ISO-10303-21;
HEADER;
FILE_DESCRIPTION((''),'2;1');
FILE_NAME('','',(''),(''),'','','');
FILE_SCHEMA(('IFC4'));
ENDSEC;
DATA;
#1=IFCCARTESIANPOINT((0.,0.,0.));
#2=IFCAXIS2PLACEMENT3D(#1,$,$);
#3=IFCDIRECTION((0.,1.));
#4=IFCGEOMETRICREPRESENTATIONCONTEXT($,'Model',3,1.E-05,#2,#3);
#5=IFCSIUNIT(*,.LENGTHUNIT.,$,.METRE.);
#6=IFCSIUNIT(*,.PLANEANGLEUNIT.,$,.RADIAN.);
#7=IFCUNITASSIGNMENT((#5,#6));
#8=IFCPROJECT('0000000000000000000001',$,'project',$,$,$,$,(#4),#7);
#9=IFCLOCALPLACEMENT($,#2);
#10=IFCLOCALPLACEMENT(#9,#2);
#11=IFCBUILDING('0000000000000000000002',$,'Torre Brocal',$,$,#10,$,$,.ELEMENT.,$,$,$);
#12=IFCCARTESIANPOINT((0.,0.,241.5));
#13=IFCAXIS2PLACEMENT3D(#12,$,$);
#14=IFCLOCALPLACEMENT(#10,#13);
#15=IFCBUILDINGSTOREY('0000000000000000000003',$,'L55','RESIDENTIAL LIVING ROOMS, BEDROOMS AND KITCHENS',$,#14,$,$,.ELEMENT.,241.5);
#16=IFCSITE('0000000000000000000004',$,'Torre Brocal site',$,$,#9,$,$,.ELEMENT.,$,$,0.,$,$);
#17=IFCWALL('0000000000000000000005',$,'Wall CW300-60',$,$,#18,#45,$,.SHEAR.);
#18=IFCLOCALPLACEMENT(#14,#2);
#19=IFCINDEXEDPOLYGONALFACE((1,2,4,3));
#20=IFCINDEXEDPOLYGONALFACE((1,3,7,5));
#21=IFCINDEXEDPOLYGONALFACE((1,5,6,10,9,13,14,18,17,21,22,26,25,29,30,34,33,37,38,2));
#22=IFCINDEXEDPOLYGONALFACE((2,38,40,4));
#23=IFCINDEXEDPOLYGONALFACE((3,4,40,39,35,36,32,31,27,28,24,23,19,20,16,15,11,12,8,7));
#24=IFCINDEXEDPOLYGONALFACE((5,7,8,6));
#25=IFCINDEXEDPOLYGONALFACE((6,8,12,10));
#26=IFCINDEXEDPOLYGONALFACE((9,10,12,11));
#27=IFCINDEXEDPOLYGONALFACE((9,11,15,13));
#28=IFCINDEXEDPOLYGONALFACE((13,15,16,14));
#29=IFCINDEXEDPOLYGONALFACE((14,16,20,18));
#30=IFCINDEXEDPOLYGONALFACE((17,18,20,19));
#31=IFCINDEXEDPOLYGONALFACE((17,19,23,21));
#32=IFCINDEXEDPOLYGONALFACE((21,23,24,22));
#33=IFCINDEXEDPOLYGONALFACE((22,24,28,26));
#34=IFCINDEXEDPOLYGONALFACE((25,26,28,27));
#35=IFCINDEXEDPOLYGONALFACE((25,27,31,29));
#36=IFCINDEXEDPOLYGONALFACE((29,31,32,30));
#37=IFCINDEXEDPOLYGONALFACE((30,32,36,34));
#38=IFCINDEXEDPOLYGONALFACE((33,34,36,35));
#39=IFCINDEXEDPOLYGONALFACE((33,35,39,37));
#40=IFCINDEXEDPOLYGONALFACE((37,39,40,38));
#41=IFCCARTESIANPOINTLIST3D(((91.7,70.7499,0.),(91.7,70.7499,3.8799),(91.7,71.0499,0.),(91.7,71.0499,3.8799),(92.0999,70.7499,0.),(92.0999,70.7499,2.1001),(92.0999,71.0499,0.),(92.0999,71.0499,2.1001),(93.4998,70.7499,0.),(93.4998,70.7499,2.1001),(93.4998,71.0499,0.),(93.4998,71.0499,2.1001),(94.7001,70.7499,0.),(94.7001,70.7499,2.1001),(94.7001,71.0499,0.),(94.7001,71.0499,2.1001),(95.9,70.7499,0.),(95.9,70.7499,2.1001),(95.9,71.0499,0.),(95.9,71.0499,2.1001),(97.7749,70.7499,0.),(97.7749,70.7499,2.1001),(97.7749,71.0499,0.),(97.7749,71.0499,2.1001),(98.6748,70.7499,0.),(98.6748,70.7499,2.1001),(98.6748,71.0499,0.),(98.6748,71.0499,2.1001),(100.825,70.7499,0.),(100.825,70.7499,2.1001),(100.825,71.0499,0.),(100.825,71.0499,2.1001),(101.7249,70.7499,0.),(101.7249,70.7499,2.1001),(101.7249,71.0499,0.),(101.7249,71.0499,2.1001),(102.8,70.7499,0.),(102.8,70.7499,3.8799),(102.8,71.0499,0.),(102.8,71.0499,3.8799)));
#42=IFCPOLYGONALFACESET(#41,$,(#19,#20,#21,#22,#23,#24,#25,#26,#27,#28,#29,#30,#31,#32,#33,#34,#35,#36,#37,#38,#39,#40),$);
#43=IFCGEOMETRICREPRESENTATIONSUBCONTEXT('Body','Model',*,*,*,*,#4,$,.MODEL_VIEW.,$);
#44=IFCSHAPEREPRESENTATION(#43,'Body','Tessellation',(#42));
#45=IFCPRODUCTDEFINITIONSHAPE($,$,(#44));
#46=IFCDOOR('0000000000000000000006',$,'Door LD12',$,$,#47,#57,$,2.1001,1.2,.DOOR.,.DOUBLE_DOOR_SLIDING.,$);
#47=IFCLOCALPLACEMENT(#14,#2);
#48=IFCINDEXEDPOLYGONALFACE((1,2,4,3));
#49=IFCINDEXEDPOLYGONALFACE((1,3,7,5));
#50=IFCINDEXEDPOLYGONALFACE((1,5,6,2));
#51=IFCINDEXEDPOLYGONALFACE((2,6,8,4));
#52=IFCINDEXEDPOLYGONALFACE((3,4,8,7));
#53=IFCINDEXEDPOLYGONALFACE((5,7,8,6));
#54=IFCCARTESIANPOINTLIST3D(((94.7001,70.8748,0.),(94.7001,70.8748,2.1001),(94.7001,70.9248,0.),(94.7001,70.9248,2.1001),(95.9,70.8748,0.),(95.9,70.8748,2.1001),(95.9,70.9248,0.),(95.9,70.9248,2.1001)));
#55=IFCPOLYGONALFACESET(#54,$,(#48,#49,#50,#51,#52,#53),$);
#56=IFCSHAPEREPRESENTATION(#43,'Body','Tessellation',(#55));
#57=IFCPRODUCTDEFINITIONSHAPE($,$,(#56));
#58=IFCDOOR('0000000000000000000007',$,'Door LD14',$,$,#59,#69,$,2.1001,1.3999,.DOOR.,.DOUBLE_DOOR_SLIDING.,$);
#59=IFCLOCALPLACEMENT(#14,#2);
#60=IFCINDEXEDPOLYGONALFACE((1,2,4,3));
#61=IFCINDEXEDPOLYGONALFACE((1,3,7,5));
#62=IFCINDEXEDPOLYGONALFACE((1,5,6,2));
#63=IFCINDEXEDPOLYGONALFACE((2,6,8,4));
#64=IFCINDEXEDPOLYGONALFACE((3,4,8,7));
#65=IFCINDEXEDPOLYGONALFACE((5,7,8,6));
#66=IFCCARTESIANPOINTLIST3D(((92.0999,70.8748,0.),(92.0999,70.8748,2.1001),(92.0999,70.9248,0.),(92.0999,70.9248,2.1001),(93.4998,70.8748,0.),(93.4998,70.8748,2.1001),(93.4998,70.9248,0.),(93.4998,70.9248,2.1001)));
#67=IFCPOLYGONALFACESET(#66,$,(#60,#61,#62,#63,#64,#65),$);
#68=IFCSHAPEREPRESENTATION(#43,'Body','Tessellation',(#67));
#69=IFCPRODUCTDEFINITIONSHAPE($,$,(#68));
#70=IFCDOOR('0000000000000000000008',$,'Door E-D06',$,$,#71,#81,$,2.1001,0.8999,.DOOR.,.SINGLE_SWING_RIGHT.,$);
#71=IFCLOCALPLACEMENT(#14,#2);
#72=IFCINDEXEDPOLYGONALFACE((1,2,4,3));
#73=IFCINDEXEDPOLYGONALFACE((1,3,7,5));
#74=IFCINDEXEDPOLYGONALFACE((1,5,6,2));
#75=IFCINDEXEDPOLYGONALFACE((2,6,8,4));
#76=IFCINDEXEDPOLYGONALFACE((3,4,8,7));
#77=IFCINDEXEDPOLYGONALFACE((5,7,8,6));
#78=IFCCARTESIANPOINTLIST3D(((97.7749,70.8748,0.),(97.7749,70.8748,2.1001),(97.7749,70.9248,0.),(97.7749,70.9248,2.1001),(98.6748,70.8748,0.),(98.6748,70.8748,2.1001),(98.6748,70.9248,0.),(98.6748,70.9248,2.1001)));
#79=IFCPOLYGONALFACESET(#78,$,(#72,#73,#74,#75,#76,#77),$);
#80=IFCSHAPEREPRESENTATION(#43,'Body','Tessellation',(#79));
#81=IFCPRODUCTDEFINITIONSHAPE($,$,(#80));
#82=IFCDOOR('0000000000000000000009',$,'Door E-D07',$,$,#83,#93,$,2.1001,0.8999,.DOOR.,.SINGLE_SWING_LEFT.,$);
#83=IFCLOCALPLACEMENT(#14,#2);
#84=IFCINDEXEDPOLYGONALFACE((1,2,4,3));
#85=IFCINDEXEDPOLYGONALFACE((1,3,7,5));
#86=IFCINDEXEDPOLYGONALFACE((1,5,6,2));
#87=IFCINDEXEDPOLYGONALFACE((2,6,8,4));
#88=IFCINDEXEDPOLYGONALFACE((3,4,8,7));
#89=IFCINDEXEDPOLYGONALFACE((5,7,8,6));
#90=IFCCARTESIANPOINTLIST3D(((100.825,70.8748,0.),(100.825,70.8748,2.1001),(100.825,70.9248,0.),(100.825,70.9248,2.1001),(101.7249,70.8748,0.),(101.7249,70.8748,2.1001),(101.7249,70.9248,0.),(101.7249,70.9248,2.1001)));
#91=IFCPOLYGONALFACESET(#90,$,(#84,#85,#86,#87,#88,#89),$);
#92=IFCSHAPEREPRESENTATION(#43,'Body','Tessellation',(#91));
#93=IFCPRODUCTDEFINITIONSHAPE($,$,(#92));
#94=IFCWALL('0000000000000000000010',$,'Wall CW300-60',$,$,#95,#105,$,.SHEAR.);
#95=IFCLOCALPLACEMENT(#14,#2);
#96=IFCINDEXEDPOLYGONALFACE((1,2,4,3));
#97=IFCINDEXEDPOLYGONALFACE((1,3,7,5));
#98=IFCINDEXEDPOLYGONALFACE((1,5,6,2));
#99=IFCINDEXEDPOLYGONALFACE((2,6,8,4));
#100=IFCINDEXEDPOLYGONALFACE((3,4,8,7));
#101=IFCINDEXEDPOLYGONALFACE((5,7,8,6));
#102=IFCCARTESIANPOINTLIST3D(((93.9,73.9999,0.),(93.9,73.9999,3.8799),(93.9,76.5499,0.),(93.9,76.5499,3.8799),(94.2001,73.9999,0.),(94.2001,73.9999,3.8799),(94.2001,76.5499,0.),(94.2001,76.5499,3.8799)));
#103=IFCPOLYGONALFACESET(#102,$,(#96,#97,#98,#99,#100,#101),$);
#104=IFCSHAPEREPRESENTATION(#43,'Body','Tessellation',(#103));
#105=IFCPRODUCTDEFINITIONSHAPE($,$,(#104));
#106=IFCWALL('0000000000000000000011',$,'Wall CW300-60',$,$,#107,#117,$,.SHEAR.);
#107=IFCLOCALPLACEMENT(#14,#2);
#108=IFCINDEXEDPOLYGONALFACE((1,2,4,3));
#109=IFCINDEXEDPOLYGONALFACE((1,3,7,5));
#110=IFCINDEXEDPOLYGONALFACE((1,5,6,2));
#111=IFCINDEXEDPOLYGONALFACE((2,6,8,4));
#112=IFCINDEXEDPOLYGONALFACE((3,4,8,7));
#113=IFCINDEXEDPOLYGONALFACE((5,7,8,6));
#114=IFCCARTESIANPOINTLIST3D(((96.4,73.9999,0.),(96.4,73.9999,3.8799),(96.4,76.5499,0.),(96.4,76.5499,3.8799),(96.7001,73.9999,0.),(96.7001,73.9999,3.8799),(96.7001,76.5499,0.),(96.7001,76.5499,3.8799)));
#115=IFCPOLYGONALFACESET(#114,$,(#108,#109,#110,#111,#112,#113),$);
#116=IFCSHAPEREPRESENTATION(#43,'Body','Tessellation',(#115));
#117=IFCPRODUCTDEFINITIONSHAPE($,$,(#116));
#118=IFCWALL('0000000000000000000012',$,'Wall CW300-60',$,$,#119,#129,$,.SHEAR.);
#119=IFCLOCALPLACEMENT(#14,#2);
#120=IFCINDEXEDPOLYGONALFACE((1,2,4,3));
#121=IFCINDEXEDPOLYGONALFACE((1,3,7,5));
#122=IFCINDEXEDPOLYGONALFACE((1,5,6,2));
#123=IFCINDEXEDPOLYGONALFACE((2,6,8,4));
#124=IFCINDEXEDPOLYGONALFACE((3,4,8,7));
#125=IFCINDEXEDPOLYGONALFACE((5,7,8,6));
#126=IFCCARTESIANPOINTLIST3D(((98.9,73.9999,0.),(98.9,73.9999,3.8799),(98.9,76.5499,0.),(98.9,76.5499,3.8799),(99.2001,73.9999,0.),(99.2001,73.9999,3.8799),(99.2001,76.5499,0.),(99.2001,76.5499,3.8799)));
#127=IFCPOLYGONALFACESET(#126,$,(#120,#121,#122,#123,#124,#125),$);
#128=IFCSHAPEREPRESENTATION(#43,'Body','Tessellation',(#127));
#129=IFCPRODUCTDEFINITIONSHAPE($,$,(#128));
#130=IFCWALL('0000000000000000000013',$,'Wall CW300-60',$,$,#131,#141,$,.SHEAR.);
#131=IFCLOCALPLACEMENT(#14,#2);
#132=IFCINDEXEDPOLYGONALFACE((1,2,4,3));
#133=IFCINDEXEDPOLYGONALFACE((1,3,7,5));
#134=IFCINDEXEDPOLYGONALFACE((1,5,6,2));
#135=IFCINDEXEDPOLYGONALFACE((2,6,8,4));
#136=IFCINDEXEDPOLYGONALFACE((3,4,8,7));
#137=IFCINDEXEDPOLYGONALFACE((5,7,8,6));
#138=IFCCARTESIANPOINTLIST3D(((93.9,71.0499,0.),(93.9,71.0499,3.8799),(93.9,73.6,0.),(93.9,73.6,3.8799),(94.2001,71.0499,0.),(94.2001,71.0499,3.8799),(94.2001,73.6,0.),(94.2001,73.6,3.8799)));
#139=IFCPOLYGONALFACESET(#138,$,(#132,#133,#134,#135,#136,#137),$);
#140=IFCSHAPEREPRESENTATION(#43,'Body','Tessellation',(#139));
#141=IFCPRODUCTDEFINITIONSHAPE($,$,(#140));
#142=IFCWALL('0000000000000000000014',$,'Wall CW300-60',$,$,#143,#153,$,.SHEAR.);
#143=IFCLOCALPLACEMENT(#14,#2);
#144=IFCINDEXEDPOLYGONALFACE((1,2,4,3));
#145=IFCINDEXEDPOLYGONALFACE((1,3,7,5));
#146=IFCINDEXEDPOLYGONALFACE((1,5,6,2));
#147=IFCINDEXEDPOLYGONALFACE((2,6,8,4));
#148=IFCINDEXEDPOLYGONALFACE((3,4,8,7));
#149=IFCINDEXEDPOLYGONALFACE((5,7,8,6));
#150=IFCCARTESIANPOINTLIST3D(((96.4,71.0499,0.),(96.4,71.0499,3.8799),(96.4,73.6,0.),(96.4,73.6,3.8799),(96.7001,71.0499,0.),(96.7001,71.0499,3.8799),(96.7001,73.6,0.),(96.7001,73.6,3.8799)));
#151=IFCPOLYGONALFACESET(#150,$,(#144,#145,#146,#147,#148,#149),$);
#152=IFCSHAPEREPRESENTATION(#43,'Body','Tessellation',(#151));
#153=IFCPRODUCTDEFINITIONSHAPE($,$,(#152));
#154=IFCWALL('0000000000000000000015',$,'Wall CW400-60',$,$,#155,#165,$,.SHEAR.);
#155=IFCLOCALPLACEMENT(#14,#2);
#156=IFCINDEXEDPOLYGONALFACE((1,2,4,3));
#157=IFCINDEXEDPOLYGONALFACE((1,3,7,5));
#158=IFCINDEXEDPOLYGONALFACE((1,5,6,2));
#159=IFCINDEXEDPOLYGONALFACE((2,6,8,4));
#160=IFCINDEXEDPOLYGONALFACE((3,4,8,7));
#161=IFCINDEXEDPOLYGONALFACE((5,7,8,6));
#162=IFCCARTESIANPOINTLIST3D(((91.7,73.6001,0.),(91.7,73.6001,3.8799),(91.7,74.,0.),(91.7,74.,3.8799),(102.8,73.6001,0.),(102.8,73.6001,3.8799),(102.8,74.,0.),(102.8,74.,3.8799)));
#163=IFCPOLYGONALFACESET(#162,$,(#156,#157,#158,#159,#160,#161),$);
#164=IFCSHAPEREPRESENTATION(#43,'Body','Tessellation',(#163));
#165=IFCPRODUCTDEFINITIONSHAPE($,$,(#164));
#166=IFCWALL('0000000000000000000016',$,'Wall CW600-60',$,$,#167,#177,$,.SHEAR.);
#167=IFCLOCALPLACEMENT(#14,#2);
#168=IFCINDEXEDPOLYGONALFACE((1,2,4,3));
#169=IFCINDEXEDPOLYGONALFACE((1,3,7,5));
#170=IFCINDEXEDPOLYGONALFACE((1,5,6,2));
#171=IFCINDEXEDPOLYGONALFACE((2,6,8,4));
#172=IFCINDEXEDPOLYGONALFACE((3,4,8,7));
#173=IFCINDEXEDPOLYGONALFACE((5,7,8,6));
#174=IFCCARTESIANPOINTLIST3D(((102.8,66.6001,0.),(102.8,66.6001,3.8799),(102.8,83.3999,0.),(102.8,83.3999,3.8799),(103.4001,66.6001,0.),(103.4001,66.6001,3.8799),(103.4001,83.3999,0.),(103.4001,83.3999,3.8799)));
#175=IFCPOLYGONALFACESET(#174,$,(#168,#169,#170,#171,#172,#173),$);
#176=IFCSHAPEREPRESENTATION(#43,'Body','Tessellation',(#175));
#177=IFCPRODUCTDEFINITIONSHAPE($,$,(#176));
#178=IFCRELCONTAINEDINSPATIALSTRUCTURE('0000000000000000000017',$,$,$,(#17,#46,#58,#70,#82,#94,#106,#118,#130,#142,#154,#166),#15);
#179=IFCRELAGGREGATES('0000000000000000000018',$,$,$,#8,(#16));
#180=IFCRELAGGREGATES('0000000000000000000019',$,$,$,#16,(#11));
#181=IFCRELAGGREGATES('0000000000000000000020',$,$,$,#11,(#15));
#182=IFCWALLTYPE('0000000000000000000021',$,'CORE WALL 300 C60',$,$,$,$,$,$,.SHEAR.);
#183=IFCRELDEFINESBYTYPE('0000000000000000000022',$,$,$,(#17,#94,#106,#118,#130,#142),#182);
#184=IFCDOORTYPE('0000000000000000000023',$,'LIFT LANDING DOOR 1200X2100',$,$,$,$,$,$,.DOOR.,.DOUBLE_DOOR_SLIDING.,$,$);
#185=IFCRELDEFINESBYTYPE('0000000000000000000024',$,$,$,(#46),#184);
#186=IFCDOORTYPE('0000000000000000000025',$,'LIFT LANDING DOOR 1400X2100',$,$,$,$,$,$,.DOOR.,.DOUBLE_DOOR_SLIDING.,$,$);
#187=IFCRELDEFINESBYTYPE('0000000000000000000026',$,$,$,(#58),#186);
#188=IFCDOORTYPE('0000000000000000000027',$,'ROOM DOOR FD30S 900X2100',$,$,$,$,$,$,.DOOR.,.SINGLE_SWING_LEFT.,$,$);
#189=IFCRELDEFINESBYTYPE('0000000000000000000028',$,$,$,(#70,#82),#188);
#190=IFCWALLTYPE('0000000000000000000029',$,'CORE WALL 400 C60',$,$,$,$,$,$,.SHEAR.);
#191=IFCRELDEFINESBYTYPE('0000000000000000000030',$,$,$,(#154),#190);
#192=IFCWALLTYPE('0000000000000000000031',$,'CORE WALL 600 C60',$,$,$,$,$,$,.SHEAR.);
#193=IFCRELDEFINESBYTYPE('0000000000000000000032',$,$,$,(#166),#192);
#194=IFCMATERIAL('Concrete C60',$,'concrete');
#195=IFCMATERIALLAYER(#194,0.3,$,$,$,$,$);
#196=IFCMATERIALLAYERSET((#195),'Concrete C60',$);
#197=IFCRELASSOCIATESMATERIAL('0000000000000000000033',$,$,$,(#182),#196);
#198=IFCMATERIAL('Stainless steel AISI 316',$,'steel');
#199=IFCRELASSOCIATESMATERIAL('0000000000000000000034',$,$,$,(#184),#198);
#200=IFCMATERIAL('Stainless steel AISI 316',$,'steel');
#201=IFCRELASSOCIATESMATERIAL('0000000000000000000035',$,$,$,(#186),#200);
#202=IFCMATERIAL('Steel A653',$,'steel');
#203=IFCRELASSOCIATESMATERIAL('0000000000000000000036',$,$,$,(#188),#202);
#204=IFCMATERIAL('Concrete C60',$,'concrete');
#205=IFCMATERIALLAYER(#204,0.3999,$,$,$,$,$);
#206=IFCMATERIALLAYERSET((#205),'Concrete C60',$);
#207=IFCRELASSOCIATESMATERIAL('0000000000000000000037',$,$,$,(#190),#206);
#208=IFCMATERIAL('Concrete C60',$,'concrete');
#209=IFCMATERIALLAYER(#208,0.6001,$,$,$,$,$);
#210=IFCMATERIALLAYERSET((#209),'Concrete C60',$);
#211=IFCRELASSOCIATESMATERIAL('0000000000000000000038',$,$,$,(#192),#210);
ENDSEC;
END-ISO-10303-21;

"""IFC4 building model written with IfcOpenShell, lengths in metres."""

from ifc_helpers import new_model, si_unit, direction, frame, frame_2d, origin, place, context, subcontext, project, spatial, rectangle, extrude, material, layer, layer_set, type_object, element, fill, save


model = new_model("IFC4")

# Units and contexts
model_context = context("Model", 3, precision=1e-05, world=origin(), true_north=direction((0.0, 1.0)))
body_context = subcontext(model_context, "Body", "Model", "MODEL_VIEW")
ifc_project = project(units=[si_unit("LENGTHUNIT", "METRE"), si_unit("PLANEANGLEUNIT", "RADIAN")], contexts=[model_context])

# Site, building, storey
site_placement = place(None, origin())
site = spatial("IfcSite", under=ifc_project, at=site_placement, Name="Torre Brocal site", CompositionType="ELEMENT", RefElevation=0.0)
building_placement = place(site_placement, origin())
building = spatial("IfcBuilding", under=site, at=building_placement, Name="Torre Brocal", CompositionType="ELEMENT")
storey_placement = place(building_placement, frame((0.0, 0.0, 241.5)))
storey = spatial("IfcBuildingStorey", under=building, at=storey_placement, Name="L55", Description="RESIDENTIAL LIVING ROOMS, BEDROOMS AND KITCHENS", CompositionType="ELEMENT", Elevation=241.5)

# Shared definitions
ifc_material_1 = material(Name="Concrete C60", Category="concrete")
ifc_layer_1 = layer(ifc_material_1, 0.3)
ifc_layer_set_1 = layer_set([ifc_layer_1], Name="Concrete C60")
wall_type_1 = type_object("IfcWallType", Name="CORE WALL 300 C60", PredefinedType="SHEAR", material=ifc_layer_set_1)

# Wall, openings, doors
wall_1_placement = place(storey_placement, frame((91.7, 70.8999, 0.0), z_axis=(0.0, 0.0, 1.0), x_axis=(1.0, 0.0, 0.0)))
wall_1 = element("IfcWall", 1, at=wall_1_placement, inside=storey, type_object=wall_type_1, Name="Wall CW300-60", PredefinedType="SHEAR", context=body_context, shape_type="SweptSolid", body=[
    extrude(rectangle(XDim=11.1001, YDim=0.3, at=frame_2d((5.55, 0.0))), origin(), (0.0, 0.0, 1.0), 3.8799),
])
opening_1_placement = place(wall_1_placement, frame((0.3999, 0.0, 0.0)))
opening_1 = element("IfcOpeningElement", 2, at=opening_1_placement, cuts=wall_1, PredefinedType="OPENING", context=body_context, shape_type="SweptSolid", body=[
    extrude(rectangle(XDim=1.3999, YDim=2.1001, at=frame_2d((0.7, 1.05))), frame((0.0, 0.1599, 0.0), z_axis=(0.0, -1.0, 0.0), x_axis=(1.0, 0.0, 0.0)), (0.0, 0.0, 1.0), 0.3201),
])
opening_2_placement = place(wall_1_placement, frame((3.0, 0.0, 0.0)))
opening_2 = element("IfcOpeningElement", 3, at=opening_2_placement, cuts=wall_1, PredefinedType="OPENING", context=body_context, shape_type="SweptSolid", body=[
    extrude(rectangle(XDim=1.2, YDim=2.1001, at=frame_2d((0.6001, 1.05))), frame((0.0, 0.1599, 0.0), z_axis=(0.0, -1.0, 0.0), x_axis=(1.0, 0.0, 0.0)), (0.0, 0.0, 1.0), 0.3201),
])
opening_3_placement = place(wall_1_placement, frame((6.075, 0.0, 0.0)))
opening_3 = element("IfcOpeningElement", 4, at=opening_3_placement, cuts=wall_1, PredefinedType="OPENING", context=body_context, shape_type="SweptSolid", body=[
    extrude(rectangle(XDim=0.8999, YDim=2.1001, at=frame_2d((0.45, 1.05))), frame((0.0, 0.1599, 0.0), z_axis=(0.0, -1.0, 0.0), x_axis=(1.0, 0.0, 0.0)), (0.0, 0.0, 1.0), 0.3201),
])
opening_4_placement = place(wall_1_placement, frame((9.125, 0.0, 0.0)))
opening_4 = element("IfcOpeningElement", 5, at=opening_4_placement, cuts=wall_1, PredefinedType="OPENING", context=body_context, shape_type="SweptSolid", body=[
    extrude(rectangle(XDim=0.8999, YDim=2.1001, at=frame_2d((0.45, 1.05))), frame((0.0, 0.1599, 0.0), z_axis=(0.0, -1.0, 0.0), x_axis=(1.0, 0.0, 0.0)), (0.0, 0.0, 1.0), 0.3201),
])
ifc_material_2 = material(Name="Stainless steel AISI 316", Category="steel")
door_type_1 = type_object("IfcDoorType", Name="LIFT LANDING DOOR 1200X2100", OperationType="DOUBLE_DOOR_SLIDING", PredefinedType="DOOR", material=ifc_material_2)
door_1_placement = place(opening_2_placement, origin())
door_1 = element("IfcDoor", 6, at=door_1_placement, inside=storey, type_object=door_type_1, Name="Door LD12", OperationType="DOUBLE_DOOR_SLIDING", OverallHeight=2.1001, OverallWidth=1.2, PredefinedType="DOOR", context=body_context, shape_type="SweptSolid", body=[
    extrude(rectangle(XDim=1.2, YDim=2.1001, at=frame_2d((0.6001, 1.05))), frame((0.0, 0.0249, 0.0), z_axis=(0.0, -1.0, 0.0), x_axis=(1.0, 0.0, 0.0)), (0.0, 0.0, 1.0), 0.05),
])
fill(opening_2, door_1)
ifc_material_3 = material(Name="Stainless steel AISI 316", Category="steel")
door_type_2 = type_object("IfcDoorType", Name="LIFT LANDING DOOR 1400X2100", OperationType="DOUBLE_DOOR_SLIDING", PredefinedType="DOOR", material=ifc_material_3)
door_2_placement = place(opening_1_placement, origin())
door_2 = element("IfcDoor", 7, at=door_2_placement, inside=storey, type_object=door_type_2, Name="Door LD14", OperationType="DOUBLE_DOOR_SLIDING", OverallHeight=2.1001, OverallWidth=1.3999, PredefinedType="DOOR", context=body_context, shape_type="SweptSolid", body=[
    extrude(rectangle(XDim=1.3999, YDim=2.1001, at=frame_2d((0.7, 1.05))), frame((0.0, 0.0249, 0.0), z_axis=(0.0, -1.0, 0.0), x_axis=(1.0, 0.0, 0.0)), (0.0, 0.0, 1.0), 0.05),
])
fill(opening_1, door_2)
ifc_material_4 = material(Name="Steel A653", Category="steel")
door_type_3 = type_object("IfcDoorType", Name="ROOM DOOR FD30S 900X2100", OperationType="SINGLE_SWING_LEFT", PredefinedType="DOOR", material=ifc_material_4)
door_3_placement = place(opening_3_placement, origin())
door_3 = element("IfcDoor", 8, at=door_3_placement, inside=storey, type_object=door_type_3, Name="Door E-D06", OperationType="SINGLE_SWING_RIGHT", OverallHeight=2.1001, OverallWidth=0.8999, PredefinedType="DOOR", context=body_context, shape_type="SweptSolid", body=[
    extrude(rectangle(XDim=0.8999, YDim=2.1001, at=frame_2d((0.45, 1.05))), frame((0.0, 0.0249, 0.0), z_axis=(0.0, -1.0, 0.0), x_axis=(1.0, 0.0, 0.0)), (0.0, 0.0, 1.0), 0.05),
])
fill(opening_3, door_3)
door_4_placement = place(opening_4_placement, origin())
door_4 = element("IfcDoor", 9, at=door_4_placement, inside=storey, type_object=door_type_3, Name="Door E-D07", OperationType="SINGLE_SWING_LEFT", OverallHeight=2.1001, OverallWidth=0.8999, PredefinedType="DOOR", context=body_context, shape_type="SweptSolid", body=[
    extrude(rectangle(XDim=0.8999, YDim=2.1001, at=frame_2d((0.45, 1.05))), frame((0.0, 0.0249, 0.0), z_axis=(0.0, -1.0, 0.0), x_axis=(1.0, 0.0, 0.0)), (0.0, 0.0, 1.0), 0.05),
])
fill(opening_4, door_4)

# Walls
for number, where, z_axis, x_axis, name in (
    (10, (94.05, 74.0, 0.0), (0.0, 0.0, 1.0), (0.0, 1.0, 0.0), "Wall CW300-60"),
    (11, (96.55, 74.0, 0.0), (0.0, 0.0, 1.0), (0.0, 1.0, 0.0), "Wall CW300-60"),
    (12, (99.05, 74.0, 0.0), (0.0, 0.0, 1.0), (0.0, 1.0, 0.0), "Wall CW300-60"),
    (13, (94.05, 71.05, 0.0), (0.0, 0.0, 1.0), (0.0, 1.0, 0.0), "Wall CW300-60"),
    (14, (96.55, 71.05, 0.0), (0.0, 0.0, 1.0), (0.0, 1.0, 0.0), "Wall CW300-60"),
):
    element("IfcWall", number, at=place(storey_placement, frame(where, z_axis=z_axis, x_axis=x_axis)), inside=storey, type_object=wall_type_1, Name=name, PredefinedType="SHEAR", context=body_context, shape_type="SweptSolid", body=[
        extrude(rectangle(XDim=2.55, YDim=0.3, at=frame_2d((1.2749, 0.0))), origin(), (0.0, 0.0, 1.0), 3.8799),
    ])
ifc_material_5 = material(Name="Concrete C60", Category="concrete")
ifc_layer_2 = layer(ifc_material_5, 0.3999)
ifc_layer_set_2 = layer_set([ifc_layer_2], Name="Concrete C60")
wall_type_2 = type_object("IfcWallType", Name="CORE WALL 400 C60", PredefinedType="SHEAR", material=ifc_layer_set_2)
wall_2_placement = place(storey_placement, frame((91.7, 73.8, 0.0), z_axis=(0.0, 0.0, 1.0), x_axis=(1.0, 0.0, 0.0)))
element("IfcWall", 15, at=wall_2_placement, inside=storey, type_object=wall_type_2, Name="Wall CW400-60", PredefinedType="SHEAR", context=body_context, shape_type="SweptSolid", body=[
    extrude(rectangle(XDim=11.1001, YDim=0.3999, at=frame_2d((5.55, 0.0))), origin(), (0.0, 0.0, 1.0), 3.8799),
])
ifc_material_6 = material(Name="Concrete C60", Category="concrete")
ifc_layer_3 = layer(ifc_material_6, 0.6001)
ifc_layer_set_3 = layer_set([ifc_layer_3], Name="Concrete C60")
wall_type_3 = type_object("IfcWallType", Name="CORE WALL 600 C60", PredefinedType="SHEAR", material=ifc_layer_set_3)
wall_3_placement = place(storey_placement, frame((103.1001, 66.6001, 0.0), z_axis=(0.0, 0.0, 1.0), x_axis=(0.0, 1.0, 0.0)))
element("IfcWall", 16, at=wall_3_placement, inside=storey, type_object=wall_type_3, Name="Wall CW600-60", PredefinedType="SHEAR", context=body_context, shape_type="SweptSolid", body=[
    extrude(rectangle(XDim=16.7998, YDim=0.6001, at=frame_2d((8.3999, 0.0))), origin(), (0.0, 0.0, 1.0), 3.8799),
])

save(model, "model.ifc")
